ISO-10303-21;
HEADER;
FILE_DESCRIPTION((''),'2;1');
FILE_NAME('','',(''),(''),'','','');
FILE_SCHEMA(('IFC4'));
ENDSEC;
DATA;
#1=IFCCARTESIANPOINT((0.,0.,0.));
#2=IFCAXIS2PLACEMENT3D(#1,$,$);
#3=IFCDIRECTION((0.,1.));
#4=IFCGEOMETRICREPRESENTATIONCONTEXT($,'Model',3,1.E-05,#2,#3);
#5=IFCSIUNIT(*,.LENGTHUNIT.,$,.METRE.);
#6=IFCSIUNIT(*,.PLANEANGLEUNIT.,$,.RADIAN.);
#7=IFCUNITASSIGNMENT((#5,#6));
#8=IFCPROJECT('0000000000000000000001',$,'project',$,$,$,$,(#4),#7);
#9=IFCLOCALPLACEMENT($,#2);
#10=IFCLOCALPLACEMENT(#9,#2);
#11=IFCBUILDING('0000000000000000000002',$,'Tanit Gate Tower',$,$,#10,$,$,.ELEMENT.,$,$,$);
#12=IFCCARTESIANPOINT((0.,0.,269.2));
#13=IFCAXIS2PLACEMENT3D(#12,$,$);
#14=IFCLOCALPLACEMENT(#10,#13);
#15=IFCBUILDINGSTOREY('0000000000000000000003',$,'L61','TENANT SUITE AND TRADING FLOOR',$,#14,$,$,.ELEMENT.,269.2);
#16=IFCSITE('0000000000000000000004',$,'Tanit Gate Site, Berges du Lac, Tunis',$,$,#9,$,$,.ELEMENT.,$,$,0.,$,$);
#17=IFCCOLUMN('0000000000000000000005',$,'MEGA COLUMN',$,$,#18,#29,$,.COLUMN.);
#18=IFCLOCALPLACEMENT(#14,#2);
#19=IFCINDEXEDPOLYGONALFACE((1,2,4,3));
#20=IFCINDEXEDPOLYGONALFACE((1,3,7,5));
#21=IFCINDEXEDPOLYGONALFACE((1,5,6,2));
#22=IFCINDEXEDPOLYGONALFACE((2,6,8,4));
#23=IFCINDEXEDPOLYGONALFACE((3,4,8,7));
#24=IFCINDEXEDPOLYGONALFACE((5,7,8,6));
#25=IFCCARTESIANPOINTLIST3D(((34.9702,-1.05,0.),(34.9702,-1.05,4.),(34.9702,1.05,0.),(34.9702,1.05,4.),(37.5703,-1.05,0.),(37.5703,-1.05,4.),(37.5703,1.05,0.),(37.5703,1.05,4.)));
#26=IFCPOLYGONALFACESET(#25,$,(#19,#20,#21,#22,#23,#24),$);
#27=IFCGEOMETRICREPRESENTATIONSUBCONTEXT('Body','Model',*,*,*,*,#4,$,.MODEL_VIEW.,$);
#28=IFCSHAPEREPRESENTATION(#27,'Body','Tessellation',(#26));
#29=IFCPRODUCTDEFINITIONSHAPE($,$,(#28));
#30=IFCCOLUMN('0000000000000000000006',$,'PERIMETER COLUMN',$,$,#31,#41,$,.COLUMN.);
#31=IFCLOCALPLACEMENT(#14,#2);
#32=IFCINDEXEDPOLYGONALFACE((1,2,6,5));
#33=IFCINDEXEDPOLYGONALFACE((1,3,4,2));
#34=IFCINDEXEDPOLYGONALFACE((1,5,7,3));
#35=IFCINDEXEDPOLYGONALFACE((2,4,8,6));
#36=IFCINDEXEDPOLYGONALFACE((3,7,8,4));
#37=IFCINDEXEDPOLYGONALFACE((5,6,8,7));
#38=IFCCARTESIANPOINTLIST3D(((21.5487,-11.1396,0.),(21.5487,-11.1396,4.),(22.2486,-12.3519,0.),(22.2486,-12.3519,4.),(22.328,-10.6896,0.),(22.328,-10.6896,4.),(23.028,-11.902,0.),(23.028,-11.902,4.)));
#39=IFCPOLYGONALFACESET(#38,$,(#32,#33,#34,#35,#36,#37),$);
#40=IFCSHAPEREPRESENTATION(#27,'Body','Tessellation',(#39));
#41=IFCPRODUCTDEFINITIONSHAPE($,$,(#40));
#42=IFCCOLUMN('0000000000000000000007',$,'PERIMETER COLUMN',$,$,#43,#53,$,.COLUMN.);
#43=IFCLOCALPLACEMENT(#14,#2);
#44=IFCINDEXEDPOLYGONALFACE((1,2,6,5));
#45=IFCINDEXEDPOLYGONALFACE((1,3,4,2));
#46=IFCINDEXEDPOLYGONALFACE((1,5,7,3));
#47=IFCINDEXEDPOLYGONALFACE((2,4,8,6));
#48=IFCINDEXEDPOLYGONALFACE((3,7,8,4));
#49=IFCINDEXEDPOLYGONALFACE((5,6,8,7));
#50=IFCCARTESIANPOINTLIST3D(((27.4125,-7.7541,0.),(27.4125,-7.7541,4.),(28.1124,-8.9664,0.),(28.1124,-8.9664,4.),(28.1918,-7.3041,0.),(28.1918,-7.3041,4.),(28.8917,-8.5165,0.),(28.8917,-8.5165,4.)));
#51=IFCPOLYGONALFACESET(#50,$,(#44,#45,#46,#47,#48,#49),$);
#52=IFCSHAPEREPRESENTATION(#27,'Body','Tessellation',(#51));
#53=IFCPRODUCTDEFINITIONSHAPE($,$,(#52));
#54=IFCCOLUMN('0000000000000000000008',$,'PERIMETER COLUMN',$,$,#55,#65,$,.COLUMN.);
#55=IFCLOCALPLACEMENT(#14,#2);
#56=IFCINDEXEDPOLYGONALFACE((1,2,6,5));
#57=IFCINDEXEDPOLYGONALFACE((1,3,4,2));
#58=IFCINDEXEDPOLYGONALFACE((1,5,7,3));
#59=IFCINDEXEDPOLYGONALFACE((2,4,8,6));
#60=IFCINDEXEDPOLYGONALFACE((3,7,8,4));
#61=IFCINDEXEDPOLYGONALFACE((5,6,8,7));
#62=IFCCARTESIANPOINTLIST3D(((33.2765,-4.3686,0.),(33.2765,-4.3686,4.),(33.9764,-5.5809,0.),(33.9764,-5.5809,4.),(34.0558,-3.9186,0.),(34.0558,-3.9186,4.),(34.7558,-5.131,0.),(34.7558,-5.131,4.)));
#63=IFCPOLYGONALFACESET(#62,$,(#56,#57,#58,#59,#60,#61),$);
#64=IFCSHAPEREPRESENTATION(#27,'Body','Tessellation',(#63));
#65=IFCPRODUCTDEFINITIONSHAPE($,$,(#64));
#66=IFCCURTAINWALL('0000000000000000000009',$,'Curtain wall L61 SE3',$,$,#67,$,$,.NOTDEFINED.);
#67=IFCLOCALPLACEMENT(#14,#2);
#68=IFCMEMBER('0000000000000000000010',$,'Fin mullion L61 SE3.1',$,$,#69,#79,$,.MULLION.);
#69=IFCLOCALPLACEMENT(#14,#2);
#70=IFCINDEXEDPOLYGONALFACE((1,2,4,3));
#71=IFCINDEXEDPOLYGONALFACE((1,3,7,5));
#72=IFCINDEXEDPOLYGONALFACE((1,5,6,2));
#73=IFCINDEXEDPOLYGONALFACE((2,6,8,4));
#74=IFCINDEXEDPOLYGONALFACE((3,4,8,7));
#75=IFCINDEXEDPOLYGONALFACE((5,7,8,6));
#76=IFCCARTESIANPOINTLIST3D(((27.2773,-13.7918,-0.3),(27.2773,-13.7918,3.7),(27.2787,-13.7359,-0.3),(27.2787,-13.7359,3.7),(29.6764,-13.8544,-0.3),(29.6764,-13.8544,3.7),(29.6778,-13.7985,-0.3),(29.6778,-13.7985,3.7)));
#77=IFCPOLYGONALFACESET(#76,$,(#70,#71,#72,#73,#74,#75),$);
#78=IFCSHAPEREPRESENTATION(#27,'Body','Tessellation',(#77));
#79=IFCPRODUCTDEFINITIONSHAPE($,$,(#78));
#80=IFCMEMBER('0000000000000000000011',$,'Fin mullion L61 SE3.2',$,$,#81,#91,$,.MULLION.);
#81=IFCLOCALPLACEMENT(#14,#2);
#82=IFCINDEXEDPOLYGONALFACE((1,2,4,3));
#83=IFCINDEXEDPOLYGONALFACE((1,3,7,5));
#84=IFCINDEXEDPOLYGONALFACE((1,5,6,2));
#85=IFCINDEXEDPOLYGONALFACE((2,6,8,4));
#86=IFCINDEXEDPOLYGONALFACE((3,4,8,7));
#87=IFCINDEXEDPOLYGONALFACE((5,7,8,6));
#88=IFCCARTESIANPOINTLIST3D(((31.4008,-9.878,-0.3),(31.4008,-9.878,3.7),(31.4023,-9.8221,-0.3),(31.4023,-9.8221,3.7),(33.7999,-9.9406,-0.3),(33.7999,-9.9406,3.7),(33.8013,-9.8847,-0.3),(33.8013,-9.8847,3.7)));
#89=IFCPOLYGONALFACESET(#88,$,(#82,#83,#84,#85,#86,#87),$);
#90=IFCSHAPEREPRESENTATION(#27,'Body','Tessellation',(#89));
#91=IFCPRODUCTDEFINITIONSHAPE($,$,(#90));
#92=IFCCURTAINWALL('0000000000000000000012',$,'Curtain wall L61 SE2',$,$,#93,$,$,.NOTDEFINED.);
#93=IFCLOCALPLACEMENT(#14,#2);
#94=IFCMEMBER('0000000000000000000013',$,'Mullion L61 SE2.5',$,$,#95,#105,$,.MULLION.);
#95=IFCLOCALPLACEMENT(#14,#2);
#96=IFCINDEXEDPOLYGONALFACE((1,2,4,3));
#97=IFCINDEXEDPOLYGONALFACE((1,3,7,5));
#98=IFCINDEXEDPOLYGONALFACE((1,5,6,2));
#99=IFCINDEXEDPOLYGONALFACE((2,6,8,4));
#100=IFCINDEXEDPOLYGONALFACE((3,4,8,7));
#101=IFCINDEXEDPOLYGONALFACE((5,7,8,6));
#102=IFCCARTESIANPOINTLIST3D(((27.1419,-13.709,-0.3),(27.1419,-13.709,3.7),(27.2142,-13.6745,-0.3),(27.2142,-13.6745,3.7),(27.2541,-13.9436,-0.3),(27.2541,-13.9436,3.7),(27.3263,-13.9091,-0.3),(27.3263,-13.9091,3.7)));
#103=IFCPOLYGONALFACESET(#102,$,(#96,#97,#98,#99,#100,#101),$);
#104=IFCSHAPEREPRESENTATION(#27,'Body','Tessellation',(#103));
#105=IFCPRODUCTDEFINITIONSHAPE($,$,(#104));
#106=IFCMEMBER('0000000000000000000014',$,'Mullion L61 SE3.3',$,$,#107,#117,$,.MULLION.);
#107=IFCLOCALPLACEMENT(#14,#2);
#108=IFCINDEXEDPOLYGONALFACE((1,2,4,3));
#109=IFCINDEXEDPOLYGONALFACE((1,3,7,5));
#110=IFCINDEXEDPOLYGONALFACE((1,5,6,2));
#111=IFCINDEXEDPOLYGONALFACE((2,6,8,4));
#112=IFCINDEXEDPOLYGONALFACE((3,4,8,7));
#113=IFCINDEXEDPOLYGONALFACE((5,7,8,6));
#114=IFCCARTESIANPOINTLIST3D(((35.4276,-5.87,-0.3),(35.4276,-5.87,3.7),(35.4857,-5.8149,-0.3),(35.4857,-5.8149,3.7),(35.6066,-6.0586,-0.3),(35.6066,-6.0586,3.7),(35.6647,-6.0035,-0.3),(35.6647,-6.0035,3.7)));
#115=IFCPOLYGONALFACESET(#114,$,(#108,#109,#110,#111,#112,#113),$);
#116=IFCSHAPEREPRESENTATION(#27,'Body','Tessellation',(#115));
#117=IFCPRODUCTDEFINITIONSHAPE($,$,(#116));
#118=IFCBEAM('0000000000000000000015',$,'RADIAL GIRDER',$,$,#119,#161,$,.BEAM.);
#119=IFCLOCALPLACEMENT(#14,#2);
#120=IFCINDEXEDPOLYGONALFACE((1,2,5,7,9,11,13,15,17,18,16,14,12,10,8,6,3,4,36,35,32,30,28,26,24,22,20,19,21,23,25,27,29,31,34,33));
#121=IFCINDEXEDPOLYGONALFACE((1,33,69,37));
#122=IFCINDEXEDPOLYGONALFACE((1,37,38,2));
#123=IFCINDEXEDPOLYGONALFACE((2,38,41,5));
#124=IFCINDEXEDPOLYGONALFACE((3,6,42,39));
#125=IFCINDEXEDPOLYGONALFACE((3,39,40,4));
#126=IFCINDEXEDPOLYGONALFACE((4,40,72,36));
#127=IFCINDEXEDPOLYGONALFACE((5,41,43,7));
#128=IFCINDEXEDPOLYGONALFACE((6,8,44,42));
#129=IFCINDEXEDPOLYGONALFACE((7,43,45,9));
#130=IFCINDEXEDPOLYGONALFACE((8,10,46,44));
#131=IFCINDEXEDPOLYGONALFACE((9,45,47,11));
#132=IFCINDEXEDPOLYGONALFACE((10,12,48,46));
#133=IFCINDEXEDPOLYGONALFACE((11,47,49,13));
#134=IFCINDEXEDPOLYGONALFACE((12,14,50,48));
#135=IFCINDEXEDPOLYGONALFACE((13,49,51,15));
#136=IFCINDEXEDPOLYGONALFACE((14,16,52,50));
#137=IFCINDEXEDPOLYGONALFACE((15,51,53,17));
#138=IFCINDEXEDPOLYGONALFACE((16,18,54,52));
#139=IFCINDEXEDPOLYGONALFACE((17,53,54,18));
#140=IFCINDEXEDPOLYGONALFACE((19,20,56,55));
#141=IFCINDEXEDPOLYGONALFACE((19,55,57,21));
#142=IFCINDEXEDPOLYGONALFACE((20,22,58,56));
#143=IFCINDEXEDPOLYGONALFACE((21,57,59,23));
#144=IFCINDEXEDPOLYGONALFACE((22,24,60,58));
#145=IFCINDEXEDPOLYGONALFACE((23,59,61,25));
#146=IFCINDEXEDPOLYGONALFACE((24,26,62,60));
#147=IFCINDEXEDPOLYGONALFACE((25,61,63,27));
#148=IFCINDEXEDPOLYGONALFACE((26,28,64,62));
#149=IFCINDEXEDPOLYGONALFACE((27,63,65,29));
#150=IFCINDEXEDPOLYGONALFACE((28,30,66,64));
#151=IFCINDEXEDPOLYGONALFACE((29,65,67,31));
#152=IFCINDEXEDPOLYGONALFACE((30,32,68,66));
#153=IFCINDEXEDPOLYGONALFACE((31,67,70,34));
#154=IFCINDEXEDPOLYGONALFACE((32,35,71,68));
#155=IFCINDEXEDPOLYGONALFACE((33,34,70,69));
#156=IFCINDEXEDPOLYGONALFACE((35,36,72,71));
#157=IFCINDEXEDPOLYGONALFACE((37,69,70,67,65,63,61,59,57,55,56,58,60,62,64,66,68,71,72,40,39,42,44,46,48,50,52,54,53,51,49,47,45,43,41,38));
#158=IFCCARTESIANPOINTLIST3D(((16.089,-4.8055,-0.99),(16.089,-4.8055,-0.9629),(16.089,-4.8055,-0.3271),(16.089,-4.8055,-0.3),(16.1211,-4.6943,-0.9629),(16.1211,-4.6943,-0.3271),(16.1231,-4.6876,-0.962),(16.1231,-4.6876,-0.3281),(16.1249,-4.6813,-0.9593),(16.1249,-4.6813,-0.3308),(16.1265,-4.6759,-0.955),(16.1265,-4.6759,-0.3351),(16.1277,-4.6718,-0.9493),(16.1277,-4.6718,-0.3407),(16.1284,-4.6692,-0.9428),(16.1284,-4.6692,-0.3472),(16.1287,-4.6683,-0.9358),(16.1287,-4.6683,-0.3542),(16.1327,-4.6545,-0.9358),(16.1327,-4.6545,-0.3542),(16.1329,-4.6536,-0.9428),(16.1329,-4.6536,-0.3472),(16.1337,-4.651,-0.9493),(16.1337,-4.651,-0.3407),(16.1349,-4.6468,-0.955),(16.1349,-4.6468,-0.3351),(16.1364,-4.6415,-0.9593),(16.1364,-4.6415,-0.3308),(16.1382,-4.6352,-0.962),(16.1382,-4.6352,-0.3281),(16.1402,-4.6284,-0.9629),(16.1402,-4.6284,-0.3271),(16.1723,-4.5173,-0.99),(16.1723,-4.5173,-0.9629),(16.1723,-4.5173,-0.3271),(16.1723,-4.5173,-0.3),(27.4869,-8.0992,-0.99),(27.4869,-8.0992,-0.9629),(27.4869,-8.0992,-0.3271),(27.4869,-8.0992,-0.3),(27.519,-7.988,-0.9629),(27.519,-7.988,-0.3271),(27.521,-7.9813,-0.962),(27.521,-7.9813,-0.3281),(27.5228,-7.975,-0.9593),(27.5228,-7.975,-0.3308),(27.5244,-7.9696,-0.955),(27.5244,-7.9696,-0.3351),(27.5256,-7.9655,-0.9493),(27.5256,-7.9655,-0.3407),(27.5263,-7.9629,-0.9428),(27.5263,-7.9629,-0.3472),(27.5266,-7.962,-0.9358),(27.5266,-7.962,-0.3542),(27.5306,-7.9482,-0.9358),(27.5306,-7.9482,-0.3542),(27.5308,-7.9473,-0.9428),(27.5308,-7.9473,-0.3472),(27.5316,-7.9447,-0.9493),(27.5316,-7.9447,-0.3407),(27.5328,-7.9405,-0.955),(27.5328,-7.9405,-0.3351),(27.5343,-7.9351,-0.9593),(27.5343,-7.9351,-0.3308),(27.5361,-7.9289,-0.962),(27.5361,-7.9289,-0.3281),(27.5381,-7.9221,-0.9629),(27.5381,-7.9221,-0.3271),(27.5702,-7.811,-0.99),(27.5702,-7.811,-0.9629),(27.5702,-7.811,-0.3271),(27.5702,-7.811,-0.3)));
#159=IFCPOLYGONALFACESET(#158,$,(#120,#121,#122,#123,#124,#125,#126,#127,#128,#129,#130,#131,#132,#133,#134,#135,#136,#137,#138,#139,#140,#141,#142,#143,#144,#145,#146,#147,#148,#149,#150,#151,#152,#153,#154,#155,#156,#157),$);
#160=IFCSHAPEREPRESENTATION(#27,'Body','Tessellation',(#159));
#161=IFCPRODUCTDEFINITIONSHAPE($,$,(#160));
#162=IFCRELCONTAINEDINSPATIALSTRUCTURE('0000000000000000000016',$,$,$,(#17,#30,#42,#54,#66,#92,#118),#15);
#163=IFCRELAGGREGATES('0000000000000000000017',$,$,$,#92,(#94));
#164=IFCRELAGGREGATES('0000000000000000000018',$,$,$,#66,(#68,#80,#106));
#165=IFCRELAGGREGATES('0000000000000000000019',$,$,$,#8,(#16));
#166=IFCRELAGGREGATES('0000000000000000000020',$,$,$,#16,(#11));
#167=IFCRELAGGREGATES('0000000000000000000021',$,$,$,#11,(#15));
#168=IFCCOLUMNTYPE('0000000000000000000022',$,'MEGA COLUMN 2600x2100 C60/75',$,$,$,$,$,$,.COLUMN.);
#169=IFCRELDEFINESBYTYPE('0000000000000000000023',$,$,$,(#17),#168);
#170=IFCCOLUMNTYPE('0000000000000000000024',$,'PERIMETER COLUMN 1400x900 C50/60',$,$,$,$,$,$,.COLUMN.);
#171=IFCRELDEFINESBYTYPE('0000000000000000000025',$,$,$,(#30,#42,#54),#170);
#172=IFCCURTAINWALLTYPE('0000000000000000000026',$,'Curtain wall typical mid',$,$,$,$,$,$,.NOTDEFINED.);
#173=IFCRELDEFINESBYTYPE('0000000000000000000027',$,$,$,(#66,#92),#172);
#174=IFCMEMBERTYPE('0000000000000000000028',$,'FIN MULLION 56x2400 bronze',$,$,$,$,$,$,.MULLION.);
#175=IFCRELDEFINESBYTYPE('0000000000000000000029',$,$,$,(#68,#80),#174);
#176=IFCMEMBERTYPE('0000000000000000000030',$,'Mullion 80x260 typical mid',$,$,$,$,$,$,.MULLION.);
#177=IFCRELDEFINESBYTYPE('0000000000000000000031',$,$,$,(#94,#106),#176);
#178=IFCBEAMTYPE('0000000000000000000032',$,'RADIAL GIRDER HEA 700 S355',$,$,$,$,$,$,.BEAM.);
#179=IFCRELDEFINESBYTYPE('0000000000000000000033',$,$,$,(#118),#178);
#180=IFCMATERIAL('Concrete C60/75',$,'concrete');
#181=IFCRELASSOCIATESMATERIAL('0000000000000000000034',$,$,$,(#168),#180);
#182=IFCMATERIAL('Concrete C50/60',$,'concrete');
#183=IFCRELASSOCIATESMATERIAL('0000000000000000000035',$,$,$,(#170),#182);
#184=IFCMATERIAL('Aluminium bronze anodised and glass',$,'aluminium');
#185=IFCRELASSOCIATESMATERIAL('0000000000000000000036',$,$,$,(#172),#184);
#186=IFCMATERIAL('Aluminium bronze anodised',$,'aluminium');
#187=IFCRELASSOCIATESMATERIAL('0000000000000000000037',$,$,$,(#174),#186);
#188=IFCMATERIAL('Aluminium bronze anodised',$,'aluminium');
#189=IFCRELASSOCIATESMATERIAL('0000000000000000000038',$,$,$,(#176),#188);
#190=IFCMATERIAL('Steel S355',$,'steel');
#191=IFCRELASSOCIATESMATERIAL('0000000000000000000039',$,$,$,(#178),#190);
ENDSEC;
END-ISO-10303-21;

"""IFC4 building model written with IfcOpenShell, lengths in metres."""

from ifc_helpers import new_model, si_unit, direction, frame, origin, origin_2d, place, context, subcontext, project, spatial, rectangle, i_section, extrude, material, material_profile, profile_set, type_object, element, aggregate, save


model = new_model("IFC4")

# Units and contexts
model_context = context("Model", 3, precision=1e-05, world=origin(), true_north=direction((0.0, 1.0)))
body_context = subcontext(model_context, "Body", "Model", "MODEL_VIEW")
ifc_project = project(units=[si_unit("LENGTHUNIT", "METRE"), si_unit("PLANEANGLEUNIT", "RADIAN")], contexts=[model_context])

# Site, building, storey
site_placement = place(None, origin())
site = spatial("IfcSite", under=ifc_project, at=site_placement, Name="Tanit Gate Site, Berges du Lac, Tunis", CompositionType="ELEMENT", RefElevation=0.0)
building_placement = place(site_placement, origin())
building = spatial("IfcBuilding", under=site, at=building_placement, Name="Tanit Gate Tower", CompositionType="ELEMENT")
storey_placement = place(building_placement, frame((0.0, 0.0, 269.2)))
storey = spatial("IfcBuildingStorey", under=building, at=storey_placement, Name="L61", Description="TENANT SUITE AND TRADING FLOOR", CompositionType="ELEMENT", Elevation=269.2)

# Columns
ifc_material_1 = material(Name="Concrete C60/75", Category="concrete")
ifc_material_profile_1 = material_profile(ifc_material_1, rectangle(XDim=2.6001, YDim=2.1001, at=origin_2d()), Name="RC 2600x2100")
ifc_profile_set_1 = profile_set([ifc_material_profile_1], Name="Concrete C60/75")
column_type_1 = type_object("IfcColumnType", Name="MEGA COLUMN 2600x2100 C60/75", PredefinedType="COLUMN", material=ifc_profile_set_1)
column_placement = place(storey_placement, frame((36.2703, 0.0, 0.0), z_axis=(0.0, 0.0, 1.0), x_axis=(1.0, 0.0, 0.0)))
element("IfcColumn", 1, at=column_placement, inside=storey, type_object=column_type_1, Name="MEGA COLUMN", PredefinedType="COLUMN", context=body_context, shape_type="SweptSolid", body=[
    extrude(rectangle(XDim=2.6001, YDim=2.1001, at=origin_2d()), origin(), (0.0, 0.0, 1.0), 4.0),
])
ifc_material_2 = material(Name="Concrete C50/60", Category="concrete")
ifc_material_profile_2 = material_profile(ifc_material_2, rectangle(XDim=1.3999, YDim=0.8999, at=origin_2d()), Name="RC 1400x900")
ifc_profile_set_2 = profile_set([ifc_material_profile_2], Name="Concrete C50/60")
column_type_2 = type_object("IfcColumnType", Name="PERIMETER COLUMN 1400x900 C50/60", PredefinedType="COLUMN", material=ifc_profile_set_2)
for number, where, z_axis, x_axis, name in (
    (2, (22.2883, -11.5208, 0.0), (0.0, 0.0, 1.0), (0.5, -0.866025, 0.0), "PERIMETER COLUMN"),
    (3, (28.1521, -8.1353, 0.0), (0.0, 0.0, 1.0), (0.5, -0.866025, 0.0), "PERIMETER COLUMN"),
    (4, (34.0161, -4.7498, 0.0), (0.0, 0.0, 1.0), (0.5, -0.866025, 0.0), "PERIMETER COLUMN"),
):
    element("IfcColumn", number, at=place(storey_placement, frame(where, z_axis=z_axis, x_axis=x_axis)), inside=storey, type_object=column_type_2, Name=name, PredefinedType="COLUMN", context=body_context, shape_type="SweptSolid", body=[
        extrude(rectangle(XDim=1.3999, YDim=0.8999, at=origin_2d()), origin(), (0.0, 0.0, 1.0), 4.0),
    ])

# Curtain wall, members
ifc_material_3 = material(Name="Aluminium bronze anodised and glass", Category="aluminium")
curtain_wall_type = type_object("IfcCurtainWallType", Name="Curtain wall typical mid", PredefinedType="NOTDEFINED", material=ifc_material_3)
curtain_wall_1_placement = place(storey_placement, origin())
curtain_wall_1 = element("IfcCurtainWall", 5, at=curtain_wall_1_placement, inside=storey, type_object=curtain_wall_type, Name="Curtain wall L61 SE3", PredefinedType="NOTDEFINED")
ifc_material_4 = material(Name="Aluminium bronze anodised", Category="aluminium")
ifc_material_profile_3 = material_profile(ifc_material_4, rectangle(XDim=2.3999, YDim=0.0559, at=origin_2d()), Name="56x2400 bronze fin mullion")
ifc_profile_set_3 = profile_set([ifc_material_profile_3], Name="Aluminium bronze anodised")
member_type_1 = type_object("IfcMemberType", Name="FIN MULLION 56x2400 bronze", PredefinedType="MULLION", material=ifc_profile_set_3)
member_1_placement = place(storey_placement, frame((28.4775, -13.7952, -0.3), z_axis=(0.0, 0.0, 1.0), x_axis=(-0.99966, 0.026077, 0.0)))
member_1 = element("IfcMember", 6, at=member_1_placement, type_object=member_type_1, Name="Fin mullion L61 SE3.1", PredefinedType="MULLION", context=body_context, shape_type="SweptSolid", body=[
    extrude(rectangle(XDim=2.3999, YDim=0.0559, at=origin_2d()), origin(), (0.0, 0.0, 1.0), 4.0),
])
member_2_placement = place(storey_placement, frame((32.6011, -9.8813, -0.3), z_axis=(0.0, 0.0, 1.0), x_axis=(-0.99966, 0.026077, 0.0)))
member_2 = element("IfcMember", 7, at=member_2_placement, type_object=member_type_1, Name="Fin mullion L61 SE3.2", PredefinedType="MULLION", context=body_context, shape_type="SweptSolid", body=[
    extrude(rectangle(XDim=2.3999, YDim=0.0559, at=origin_2d()), origin(), (0.0, 0.0, 1.0), 4.0),
])

# Curtain wall, member
curtain_wall_2_placement = place(storey_placement, origin())
curtain_wall_2 = element("IfcCurtainWall", 8, at=curtain_wall_2_placement, inside=storey, type_object=curtain_wall_type, Name="Curtain wall L61 SE2", PredefinedType="NOTDEFINED")
ifc_material_5 = material(Name="Aluminium bronze anodised", Category="aluminium")
ifc_material_profile_4 = material_profile(ifc_material_5, rectangle(XDim=0.26, YDim=0.0801, at=origin_2d()), Name="80x260 bronze mullion")
ifc_profile_set_4 = profile_set([ifc_material_profile_4], Name="Aluminium bronze anodised")
member_type_2 = type_object("IfcMemberType", Name="Mullion 80x260 typical mid", PredefinedType="MULLION", material=ifc_profile_set_4)
member_3_placement = place(storey_placement, frame((27.2341, -13.8091, -0.3), z_axis=(0.0, 0.0, 1.0), x_axis=(-0.431197, 0.902258, 0.0)))
member_3 = element("IfcMember", 9, at=member_3_placement, type_object=member_type_2, Name="Mullion L61 SE2.5", PredefinedType="MULLION", context=body_context, shape_type="SweptSolid", body=[
    extrude(rectangle(XDim=0.26, YDim=0.0801, at=origin_2d()), origin(), (0.0, 0.0, 1.0), 4.0),
])

# Member
member_4_placement = place(storey_placement, frame((35.5461, -5.9368, -0.3), z_axis=(0.0, 0.0, 1.0), x_axis=(-0.688427, 0.725306, 0.0)))
member_4 = element("IfcMember", 10, at=member_4_placement, type_object=member_type_2, Name="Mullion L61 SE3.3", PredefinedType="MULLION", context=body_context, shape_type="SweptSolid", body=[
    extrude(rectangle(XDim=0.26, YDim=0.0801, at=origin_2d()), origin(), (0.0, 0.0, 1.0), 4.0),
])

# Beam
ifc_material_6 = material(Name="Steel S355", Category="steel")
ifc_material_profile_5 = material_profile(ifc_material_6, i_section(OverallWidth=0.3, OverallDepth=0.6899, WebThickness=0.0144, FlangeThickness=0.0271, FilletRadius=0.0271, at=origin_2d()), Name="HEA 700")
ifc_profile_set_5 = profile_set([ifc_material_profile_5], Name="Steel S355")
beam_type_1 = type_object("IfcBeamType", Name="RADIAL GIRDER HEA 700 S355", PredefinedType="BEAM", material=ifc_profile_set_5)
beam_1_placement = place(storey_placement, frame((27.5286, -7.9551, -0.645), z_axis=(-0.960693, 0.277614, 0.0), x_axis=(-0.277614, -0.960693, 0.0)))
element("IfcBeam", 11, at=beam_1_placement, inside=storey, type_object=beam_type_1, Name="RADIAL GIRDER", PredefinedType="BEAM", context=body_context, shape_type="SweptSolid", body=[
    extrude(i_section(OverallWidth=0.3, OverallDepth=0.6899, WebThickness=0.0144, FlangeThickness=0.0271, FilletRadius=0.0271, at=origin_2d()), origin(), (0.0, 0.0, 1.0), 11.8643),
])

aggregate(curtain_wall_2, [member_3])
aggregate(curtain_wall_1, [member_1, member_2, member_4])

save(model, "model.ifc")
